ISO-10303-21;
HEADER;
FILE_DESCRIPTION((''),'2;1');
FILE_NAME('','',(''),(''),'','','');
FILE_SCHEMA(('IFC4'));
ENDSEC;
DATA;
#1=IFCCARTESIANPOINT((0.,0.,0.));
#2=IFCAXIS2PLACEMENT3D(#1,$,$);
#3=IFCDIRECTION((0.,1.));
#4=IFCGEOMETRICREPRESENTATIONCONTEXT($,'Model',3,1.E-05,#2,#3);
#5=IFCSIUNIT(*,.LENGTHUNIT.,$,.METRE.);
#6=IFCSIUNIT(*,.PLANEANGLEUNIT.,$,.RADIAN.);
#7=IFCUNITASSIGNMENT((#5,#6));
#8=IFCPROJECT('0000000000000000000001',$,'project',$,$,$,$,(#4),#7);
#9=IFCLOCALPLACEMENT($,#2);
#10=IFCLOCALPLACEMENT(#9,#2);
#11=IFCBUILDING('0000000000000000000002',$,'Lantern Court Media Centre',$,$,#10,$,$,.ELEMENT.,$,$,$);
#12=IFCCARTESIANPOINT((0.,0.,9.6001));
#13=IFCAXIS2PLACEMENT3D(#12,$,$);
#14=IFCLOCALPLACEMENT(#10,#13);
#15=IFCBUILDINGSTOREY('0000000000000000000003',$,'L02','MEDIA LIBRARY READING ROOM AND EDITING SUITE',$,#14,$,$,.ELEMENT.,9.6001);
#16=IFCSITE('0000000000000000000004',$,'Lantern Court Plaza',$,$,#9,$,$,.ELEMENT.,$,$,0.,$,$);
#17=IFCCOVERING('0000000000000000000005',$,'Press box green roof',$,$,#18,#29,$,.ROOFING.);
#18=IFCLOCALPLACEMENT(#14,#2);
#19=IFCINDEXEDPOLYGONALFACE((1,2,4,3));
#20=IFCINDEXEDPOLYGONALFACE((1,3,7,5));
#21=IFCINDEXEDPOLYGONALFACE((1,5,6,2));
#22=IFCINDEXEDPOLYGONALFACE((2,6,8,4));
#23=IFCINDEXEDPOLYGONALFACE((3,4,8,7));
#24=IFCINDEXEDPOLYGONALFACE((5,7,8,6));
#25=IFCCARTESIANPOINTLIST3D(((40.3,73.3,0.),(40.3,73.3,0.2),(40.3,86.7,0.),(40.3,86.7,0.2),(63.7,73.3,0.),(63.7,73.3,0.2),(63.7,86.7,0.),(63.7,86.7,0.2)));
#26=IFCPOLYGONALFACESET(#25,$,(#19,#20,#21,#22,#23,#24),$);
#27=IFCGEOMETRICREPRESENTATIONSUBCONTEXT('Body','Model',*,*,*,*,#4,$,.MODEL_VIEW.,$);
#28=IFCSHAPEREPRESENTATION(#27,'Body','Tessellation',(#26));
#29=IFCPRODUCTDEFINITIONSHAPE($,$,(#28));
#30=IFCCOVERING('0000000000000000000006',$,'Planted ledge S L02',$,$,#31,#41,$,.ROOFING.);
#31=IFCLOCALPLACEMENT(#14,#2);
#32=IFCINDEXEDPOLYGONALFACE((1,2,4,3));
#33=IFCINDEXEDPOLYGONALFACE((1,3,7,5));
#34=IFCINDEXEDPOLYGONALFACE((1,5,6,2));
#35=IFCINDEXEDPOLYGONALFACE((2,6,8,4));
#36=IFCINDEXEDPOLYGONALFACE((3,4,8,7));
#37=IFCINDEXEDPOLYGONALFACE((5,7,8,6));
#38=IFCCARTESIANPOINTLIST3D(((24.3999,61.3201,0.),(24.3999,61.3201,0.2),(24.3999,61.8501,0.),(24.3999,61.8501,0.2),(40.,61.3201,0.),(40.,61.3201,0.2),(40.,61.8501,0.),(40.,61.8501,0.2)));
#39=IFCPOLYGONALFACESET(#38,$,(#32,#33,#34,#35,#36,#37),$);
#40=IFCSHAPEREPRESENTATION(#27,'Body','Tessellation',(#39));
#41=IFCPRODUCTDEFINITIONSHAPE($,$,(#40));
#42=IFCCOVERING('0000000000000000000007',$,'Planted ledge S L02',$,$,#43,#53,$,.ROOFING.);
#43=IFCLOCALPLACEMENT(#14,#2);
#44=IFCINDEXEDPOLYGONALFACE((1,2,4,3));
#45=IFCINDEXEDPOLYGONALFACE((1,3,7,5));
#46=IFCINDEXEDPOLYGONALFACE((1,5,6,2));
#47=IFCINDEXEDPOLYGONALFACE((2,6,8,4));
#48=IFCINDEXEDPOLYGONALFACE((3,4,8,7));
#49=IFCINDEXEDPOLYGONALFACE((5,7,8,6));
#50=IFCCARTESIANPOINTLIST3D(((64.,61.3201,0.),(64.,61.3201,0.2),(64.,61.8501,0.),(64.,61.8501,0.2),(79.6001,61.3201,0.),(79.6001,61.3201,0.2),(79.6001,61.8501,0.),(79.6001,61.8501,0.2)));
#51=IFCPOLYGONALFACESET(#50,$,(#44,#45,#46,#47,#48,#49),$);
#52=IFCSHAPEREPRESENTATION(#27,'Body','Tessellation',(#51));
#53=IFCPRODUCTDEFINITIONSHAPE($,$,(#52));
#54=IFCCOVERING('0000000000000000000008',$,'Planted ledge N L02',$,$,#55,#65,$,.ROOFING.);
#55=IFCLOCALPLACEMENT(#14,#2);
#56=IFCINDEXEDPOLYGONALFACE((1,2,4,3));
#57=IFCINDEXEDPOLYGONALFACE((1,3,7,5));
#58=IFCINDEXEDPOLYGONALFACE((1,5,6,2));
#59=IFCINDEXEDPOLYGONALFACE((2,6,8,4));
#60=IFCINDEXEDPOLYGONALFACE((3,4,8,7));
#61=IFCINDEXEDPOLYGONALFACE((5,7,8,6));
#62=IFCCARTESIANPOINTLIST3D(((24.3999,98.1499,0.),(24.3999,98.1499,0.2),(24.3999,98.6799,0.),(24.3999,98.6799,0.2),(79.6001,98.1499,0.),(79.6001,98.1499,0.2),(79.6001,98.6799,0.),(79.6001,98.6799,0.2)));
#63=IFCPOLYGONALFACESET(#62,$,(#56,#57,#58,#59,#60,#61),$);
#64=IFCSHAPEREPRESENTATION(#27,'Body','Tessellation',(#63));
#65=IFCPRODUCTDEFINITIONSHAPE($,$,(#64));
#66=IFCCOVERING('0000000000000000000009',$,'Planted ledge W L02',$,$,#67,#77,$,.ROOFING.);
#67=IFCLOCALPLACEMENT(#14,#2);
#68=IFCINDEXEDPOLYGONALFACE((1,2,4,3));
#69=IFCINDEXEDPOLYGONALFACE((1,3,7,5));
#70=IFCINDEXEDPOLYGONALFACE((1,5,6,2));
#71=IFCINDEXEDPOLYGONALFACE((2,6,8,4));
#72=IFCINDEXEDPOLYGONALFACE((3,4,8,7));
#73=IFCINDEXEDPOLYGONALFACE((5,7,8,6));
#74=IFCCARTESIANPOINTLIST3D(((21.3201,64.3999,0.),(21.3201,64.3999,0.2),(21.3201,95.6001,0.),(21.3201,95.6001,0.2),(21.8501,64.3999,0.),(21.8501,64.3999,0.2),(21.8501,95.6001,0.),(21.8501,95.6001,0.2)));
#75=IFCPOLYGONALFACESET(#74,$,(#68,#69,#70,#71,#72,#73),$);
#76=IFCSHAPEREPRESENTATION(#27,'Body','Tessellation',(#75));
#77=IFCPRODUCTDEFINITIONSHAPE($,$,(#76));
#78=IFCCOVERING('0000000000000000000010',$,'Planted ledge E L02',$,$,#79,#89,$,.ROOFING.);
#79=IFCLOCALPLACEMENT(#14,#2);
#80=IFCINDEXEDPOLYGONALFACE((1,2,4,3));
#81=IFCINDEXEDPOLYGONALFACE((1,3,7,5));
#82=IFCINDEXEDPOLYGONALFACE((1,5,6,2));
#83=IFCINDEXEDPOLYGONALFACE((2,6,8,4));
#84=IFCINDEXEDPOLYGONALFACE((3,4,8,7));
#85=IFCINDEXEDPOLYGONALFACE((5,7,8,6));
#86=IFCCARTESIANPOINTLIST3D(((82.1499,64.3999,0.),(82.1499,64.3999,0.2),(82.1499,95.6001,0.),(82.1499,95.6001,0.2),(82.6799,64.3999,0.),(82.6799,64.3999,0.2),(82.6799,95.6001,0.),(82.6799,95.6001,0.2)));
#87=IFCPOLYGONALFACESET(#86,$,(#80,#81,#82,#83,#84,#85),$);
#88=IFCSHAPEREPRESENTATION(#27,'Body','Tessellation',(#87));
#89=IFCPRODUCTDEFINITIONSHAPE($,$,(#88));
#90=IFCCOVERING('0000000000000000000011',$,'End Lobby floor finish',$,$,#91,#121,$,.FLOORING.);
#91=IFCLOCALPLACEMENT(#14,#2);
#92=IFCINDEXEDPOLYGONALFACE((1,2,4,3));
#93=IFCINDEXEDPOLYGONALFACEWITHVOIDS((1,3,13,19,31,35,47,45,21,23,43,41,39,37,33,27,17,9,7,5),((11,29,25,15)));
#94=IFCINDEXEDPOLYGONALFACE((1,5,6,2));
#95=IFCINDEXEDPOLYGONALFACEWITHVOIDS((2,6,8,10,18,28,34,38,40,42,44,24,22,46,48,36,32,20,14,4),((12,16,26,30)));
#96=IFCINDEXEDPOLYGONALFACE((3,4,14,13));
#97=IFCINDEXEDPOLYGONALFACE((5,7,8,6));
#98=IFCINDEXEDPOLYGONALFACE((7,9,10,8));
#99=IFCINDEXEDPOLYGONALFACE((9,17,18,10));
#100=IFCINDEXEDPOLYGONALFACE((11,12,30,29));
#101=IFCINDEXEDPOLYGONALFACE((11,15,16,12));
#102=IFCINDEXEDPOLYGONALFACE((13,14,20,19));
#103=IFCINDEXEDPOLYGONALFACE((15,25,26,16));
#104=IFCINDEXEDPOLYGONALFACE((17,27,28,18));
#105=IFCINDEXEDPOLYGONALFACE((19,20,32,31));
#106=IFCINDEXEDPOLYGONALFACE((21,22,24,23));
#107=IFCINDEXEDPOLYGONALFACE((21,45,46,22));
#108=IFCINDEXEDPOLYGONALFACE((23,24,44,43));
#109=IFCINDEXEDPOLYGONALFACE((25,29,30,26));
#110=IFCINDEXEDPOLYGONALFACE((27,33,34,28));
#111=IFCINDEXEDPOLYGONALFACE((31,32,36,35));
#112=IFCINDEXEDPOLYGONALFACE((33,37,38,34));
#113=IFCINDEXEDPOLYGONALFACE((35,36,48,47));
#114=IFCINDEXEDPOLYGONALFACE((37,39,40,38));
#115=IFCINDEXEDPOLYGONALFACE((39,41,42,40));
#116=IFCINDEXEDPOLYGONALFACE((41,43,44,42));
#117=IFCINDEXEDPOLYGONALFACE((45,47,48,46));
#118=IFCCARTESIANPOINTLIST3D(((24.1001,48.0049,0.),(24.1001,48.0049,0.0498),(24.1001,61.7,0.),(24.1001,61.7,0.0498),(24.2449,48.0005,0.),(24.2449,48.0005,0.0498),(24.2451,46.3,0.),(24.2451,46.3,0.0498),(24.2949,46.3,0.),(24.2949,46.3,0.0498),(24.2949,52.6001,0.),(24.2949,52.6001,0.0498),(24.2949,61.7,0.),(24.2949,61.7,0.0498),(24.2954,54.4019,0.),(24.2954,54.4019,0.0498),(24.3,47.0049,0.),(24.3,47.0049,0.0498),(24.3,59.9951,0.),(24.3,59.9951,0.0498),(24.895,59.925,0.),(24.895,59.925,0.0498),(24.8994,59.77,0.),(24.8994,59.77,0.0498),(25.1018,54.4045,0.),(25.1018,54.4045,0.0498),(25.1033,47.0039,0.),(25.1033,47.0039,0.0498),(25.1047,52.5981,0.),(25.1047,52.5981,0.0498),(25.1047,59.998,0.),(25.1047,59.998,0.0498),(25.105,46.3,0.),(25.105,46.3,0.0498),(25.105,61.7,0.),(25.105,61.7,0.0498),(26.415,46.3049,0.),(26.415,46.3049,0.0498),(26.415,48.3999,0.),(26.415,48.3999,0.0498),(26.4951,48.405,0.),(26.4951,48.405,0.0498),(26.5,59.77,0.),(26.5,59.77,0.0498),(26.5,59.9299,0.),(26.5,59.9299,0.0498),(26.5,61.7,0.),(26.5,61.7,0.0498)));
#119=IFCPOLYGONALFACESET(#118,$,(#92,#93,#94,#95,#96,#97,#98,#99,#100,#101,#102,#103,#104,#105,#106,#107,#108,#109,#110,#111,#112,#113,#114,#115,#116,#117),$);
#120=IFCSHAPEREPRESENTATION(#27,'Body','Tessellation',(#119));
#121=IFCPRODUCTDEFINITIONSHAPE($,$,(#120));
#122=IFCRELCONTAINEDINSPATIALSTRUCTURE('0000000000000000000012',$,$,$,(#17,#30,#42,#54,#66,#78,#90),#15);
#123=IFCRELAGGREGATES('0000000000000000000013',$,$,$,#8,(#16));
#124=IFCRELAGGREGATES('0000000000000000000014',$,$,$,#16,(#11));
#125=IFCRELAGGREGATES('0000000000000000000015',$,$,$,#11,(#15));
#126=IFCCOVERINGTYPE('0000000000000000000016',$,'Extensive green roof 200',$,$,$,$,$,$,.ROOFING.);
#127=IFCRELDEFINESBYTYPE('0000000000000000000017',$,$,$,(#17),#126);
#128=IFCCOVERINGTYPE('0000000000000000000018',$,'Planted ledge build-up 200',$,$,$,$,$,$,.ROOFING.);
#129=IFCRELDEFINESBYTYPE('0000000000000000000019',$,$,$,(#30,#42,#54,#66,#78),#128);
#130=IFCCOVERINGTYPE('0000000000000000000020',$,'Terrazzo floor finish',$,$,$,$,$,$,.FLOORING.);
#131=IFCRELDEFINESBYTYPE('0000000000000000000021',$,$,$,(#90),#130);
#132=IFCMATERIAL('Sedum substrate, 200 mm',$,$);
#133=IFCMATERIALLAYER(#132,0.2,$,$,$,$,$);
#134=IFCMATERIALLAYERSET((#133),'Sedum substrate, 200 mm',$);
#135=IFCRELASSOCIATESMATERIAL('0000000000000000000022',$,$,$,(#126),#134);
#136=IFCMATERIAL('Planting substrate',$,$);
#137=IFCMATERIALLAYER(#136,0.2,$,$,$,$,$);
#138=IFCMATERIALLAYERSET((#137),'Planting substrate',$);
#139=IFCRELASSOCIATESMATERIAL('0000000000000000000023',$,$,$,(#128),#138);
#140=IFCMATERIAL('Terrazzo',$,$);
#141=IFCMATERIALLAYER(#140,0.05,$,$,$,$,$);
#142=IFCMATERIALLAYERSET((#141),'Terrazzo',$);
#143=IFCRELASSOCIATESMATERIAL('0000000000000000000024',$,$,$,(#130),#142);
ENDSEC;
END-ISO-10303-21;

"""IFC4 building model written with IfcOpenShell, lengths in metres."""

from ifc_helpers import new_model, si_unit, direction, frame, origin, place, context, subcontext, project, spatial, polyline, outline, extrude, material, layer, layer_set, type_object, element, save


model = new_model("IFC4")

# Units and contexts
model_context = context("Model", 3, precision=1e-05, world=origin(), true_north=direction((0.0, 1.0)))
body_context = subcontext(model_context, "Body", "Model", "MODEL_VIEW")
ifc_project = project(units=[si_unit("LENGTHUNIT", "METRE"), si_unit("PLANEANGLEUNIT", "RADIAN")], contexts=[model_context])

# Site, building, storey
site_placement = place(None, origin())
site = spatial("IfcSite", under=ifc_project, at=site_placement, Name="Lantern Court Plaza", CompositionType="ELEMENT", RefElevation=0.0)
building_placement = place(site_placement, origin())
building = spatial("IfcBuilding", under=site, at=building_placement, Name="Lantern Court Media Centre", CompositionType="ELEMENT")
storey_placement = place(building_placement, frame((0.0, 0.0, 9.6001)))
storey = spatial("IfcBuildingStorey", under=building, at=storey_placement, Name="L02", Description="MEDIA LIBRARY READING ROOM AND EDITING SUITE", CompositionType="ELEMENT", Elevation=9.6001)

# Coverings
ifc_material_1 = material(Name="Sedum substrate, 200 mm")
ifc_layer_1 = layer(ifc_material_1, 0.2)
ifc_layer_set_1 = layer_set([ifc_layer_1], Name="Sedum substrate, 200 mm")
covering_type_1 = type_object("IfcCoveringType", Name="Extensive green roof 200", PredefinedType="ROOFING", material=ifc_layer_set_1)
covering_1_placement = place(storey_placement, origin())
element("IfcCovering", 1, at=covering_1_placement, inside=storey, type_object=covering_type_1, Name="Press box green roof", PredefinedType="ROOFING", context=body_context, shape_type="SweptSolid", body=[
    extrude(outline(polyline([(40.3, 73.3), (63.7, 73.3), (63.7, 86.7), (40.3, 86.7), (40.3, 73.3)])), origin(), (0.0, 0.0, 1.0), 0.2),
])
ifc_material_2 = material(Name="Planting substrate")
ifc_layer_2 = layer(ifc_material_2, 0.2)
ifc_layer_set_2 = layer_set([ifc_layer_2], Name="Planting substrate")
covering_type_2 = type_object("IfcCoveringType", Name="Planted ledge build-up 200", PredefinedType="ROOFING", material=ifc_layer_set_2)
covering_2_placement = place(storey_placement, origin())
element("IfcCovering", 2, at=covering_2_placement, inside=storey, type_object=covering_type_2, Name="Planted ledge S L02", PredefinedType="ROOFING", context=body_context, shape_type="SweptSolid", body=[
    extrude(outline(polyline([(24.3999, 61.8501), (40.0, 61.8501), (40.0, 61.3201), (24.3999, 61.3201), (24.3999, 61.8501)])), origin(), (0.0, 0.0, 1.0), 0.2),
])
covering_3_placement = place(storey_placement, origin())
element("IfcCovering", 3, at=covering_3_placement, inside=storey, type_object=covering_type_2, Name="Planted ledge S L02", PredefinedType="ROOFING", context=body_context, shape_type="SweptSolid", body=[
    extrude(outline(polyline([(64.0, 61.8501), (79.6001, 61.8501), (79.6001, 61.3201), (64.0, 61.3201), (64.0, 61.8501)])), origin(), (0.0, 0.0, 1.0), 0.2),
])
covering_4_placement = place(storey_placement, origin())
element("IfcCovering", 4, at=covering_4_placement, inside=storey, type_object=covering_type_2, Name="Planted ledge N L02", PredefinedType="ROOFING", context=body_context, shape_type="SweptSolid", body=[
    extrude(outline(polyline([(24.3999, 98.1499), (79.6001, 98.1499), (79.6001, 98.6799), (24.3999, 98.6799), (24.3999, 98.1499)])), origin(), (0.0, 0.0, 1.0), 0.2),
])
covering_5_placement = place(storey_placement, origin())
element("IfcCovering", 5, at=covering_5_placement, inside=storey, type_object=covering_type_2, Name="Planted ledge W L02", PredefinedType="ROOFING", context=body_context, shape_type="SweptSolid", body=[
    extrude(outline(polyline([(21.8501, 64.3999), (21.8501, 95.6001), (21.3201, 95.6001), (21.3201, 64.3999), (21.8501, 64.3999)])), origin(), (0.0, 0.0, 1.0), 0.2),
])
covering_6_placement = place(storey_placement, origin())
element("IfcCovering", 6, at=covering_6_placement, inside=storey, type_object=covering_type_2, Name="Planted ledge E L02", PredefinedType="ROOFING", context=body_context, shape_type="SweptSolid", body=[
    extrude(outline(polyline([(82.1499, 64.3999), (82.1499, 95.6001), (82.6799, 95.6001), (82.6799, 64.3999), (82.1499, 64.3999)])), origin(), (0.0, 0.0, 1.0), 0.2),
])
ifc_material_3 = material(Name="Terrazzo")
ifc_layer_3 = layer(ifc_material_3, 0.05)
ifc_layer_set_3 = layer_set([ifc_layer_3], Name="Terrazzo")
covering_type_3 = type_object("IfcCoveringType", Name="Terrazzo floor finish", PredefinedType="FLOORING", material=ifc_layer_set_3)
covering_7_placement = place(storey_placement, origin())
element("IfcCovering", 7, at=covering_7_placement, inside=storey, type_object=covering_type_3, Name="End Lobby floor finish", PredefinedType="FLOORING", context=body_context, shape_type="SweptSolid", body=[
    extrude(outline(polyline([(26.5, 59.77), (26.4951, 48.405), (26.415, 48.3999), (26.415, 46.3049), (25.105, 46.3), (25.1033, 47.0039), (24.3, 47.0049), (24.2949, 46.3), (24.2451, 46.3), (24.2449, 48.0005), (24.1001, 48.0049), (24.1001, 61.7), (24.2949, 61.7), (24.3, 59.9951), (25.1047, 59.998), (25.105, 61.7), (26.5, 61.7), (26.5, 59.9299), (24.895, 59.925), (24.8994, 59.77), (26.5, 59.77)]), holes=[polyline([(24.2949, 52.6001), (25.1047, 52.5981), (25.1018, 54.4045), (24.2954, 54.4019), (24.2949, 52.6001)])]), origin(), (0.0, 0.0, 1.0), 0.0498),
])

save(model, "model.ifc")
